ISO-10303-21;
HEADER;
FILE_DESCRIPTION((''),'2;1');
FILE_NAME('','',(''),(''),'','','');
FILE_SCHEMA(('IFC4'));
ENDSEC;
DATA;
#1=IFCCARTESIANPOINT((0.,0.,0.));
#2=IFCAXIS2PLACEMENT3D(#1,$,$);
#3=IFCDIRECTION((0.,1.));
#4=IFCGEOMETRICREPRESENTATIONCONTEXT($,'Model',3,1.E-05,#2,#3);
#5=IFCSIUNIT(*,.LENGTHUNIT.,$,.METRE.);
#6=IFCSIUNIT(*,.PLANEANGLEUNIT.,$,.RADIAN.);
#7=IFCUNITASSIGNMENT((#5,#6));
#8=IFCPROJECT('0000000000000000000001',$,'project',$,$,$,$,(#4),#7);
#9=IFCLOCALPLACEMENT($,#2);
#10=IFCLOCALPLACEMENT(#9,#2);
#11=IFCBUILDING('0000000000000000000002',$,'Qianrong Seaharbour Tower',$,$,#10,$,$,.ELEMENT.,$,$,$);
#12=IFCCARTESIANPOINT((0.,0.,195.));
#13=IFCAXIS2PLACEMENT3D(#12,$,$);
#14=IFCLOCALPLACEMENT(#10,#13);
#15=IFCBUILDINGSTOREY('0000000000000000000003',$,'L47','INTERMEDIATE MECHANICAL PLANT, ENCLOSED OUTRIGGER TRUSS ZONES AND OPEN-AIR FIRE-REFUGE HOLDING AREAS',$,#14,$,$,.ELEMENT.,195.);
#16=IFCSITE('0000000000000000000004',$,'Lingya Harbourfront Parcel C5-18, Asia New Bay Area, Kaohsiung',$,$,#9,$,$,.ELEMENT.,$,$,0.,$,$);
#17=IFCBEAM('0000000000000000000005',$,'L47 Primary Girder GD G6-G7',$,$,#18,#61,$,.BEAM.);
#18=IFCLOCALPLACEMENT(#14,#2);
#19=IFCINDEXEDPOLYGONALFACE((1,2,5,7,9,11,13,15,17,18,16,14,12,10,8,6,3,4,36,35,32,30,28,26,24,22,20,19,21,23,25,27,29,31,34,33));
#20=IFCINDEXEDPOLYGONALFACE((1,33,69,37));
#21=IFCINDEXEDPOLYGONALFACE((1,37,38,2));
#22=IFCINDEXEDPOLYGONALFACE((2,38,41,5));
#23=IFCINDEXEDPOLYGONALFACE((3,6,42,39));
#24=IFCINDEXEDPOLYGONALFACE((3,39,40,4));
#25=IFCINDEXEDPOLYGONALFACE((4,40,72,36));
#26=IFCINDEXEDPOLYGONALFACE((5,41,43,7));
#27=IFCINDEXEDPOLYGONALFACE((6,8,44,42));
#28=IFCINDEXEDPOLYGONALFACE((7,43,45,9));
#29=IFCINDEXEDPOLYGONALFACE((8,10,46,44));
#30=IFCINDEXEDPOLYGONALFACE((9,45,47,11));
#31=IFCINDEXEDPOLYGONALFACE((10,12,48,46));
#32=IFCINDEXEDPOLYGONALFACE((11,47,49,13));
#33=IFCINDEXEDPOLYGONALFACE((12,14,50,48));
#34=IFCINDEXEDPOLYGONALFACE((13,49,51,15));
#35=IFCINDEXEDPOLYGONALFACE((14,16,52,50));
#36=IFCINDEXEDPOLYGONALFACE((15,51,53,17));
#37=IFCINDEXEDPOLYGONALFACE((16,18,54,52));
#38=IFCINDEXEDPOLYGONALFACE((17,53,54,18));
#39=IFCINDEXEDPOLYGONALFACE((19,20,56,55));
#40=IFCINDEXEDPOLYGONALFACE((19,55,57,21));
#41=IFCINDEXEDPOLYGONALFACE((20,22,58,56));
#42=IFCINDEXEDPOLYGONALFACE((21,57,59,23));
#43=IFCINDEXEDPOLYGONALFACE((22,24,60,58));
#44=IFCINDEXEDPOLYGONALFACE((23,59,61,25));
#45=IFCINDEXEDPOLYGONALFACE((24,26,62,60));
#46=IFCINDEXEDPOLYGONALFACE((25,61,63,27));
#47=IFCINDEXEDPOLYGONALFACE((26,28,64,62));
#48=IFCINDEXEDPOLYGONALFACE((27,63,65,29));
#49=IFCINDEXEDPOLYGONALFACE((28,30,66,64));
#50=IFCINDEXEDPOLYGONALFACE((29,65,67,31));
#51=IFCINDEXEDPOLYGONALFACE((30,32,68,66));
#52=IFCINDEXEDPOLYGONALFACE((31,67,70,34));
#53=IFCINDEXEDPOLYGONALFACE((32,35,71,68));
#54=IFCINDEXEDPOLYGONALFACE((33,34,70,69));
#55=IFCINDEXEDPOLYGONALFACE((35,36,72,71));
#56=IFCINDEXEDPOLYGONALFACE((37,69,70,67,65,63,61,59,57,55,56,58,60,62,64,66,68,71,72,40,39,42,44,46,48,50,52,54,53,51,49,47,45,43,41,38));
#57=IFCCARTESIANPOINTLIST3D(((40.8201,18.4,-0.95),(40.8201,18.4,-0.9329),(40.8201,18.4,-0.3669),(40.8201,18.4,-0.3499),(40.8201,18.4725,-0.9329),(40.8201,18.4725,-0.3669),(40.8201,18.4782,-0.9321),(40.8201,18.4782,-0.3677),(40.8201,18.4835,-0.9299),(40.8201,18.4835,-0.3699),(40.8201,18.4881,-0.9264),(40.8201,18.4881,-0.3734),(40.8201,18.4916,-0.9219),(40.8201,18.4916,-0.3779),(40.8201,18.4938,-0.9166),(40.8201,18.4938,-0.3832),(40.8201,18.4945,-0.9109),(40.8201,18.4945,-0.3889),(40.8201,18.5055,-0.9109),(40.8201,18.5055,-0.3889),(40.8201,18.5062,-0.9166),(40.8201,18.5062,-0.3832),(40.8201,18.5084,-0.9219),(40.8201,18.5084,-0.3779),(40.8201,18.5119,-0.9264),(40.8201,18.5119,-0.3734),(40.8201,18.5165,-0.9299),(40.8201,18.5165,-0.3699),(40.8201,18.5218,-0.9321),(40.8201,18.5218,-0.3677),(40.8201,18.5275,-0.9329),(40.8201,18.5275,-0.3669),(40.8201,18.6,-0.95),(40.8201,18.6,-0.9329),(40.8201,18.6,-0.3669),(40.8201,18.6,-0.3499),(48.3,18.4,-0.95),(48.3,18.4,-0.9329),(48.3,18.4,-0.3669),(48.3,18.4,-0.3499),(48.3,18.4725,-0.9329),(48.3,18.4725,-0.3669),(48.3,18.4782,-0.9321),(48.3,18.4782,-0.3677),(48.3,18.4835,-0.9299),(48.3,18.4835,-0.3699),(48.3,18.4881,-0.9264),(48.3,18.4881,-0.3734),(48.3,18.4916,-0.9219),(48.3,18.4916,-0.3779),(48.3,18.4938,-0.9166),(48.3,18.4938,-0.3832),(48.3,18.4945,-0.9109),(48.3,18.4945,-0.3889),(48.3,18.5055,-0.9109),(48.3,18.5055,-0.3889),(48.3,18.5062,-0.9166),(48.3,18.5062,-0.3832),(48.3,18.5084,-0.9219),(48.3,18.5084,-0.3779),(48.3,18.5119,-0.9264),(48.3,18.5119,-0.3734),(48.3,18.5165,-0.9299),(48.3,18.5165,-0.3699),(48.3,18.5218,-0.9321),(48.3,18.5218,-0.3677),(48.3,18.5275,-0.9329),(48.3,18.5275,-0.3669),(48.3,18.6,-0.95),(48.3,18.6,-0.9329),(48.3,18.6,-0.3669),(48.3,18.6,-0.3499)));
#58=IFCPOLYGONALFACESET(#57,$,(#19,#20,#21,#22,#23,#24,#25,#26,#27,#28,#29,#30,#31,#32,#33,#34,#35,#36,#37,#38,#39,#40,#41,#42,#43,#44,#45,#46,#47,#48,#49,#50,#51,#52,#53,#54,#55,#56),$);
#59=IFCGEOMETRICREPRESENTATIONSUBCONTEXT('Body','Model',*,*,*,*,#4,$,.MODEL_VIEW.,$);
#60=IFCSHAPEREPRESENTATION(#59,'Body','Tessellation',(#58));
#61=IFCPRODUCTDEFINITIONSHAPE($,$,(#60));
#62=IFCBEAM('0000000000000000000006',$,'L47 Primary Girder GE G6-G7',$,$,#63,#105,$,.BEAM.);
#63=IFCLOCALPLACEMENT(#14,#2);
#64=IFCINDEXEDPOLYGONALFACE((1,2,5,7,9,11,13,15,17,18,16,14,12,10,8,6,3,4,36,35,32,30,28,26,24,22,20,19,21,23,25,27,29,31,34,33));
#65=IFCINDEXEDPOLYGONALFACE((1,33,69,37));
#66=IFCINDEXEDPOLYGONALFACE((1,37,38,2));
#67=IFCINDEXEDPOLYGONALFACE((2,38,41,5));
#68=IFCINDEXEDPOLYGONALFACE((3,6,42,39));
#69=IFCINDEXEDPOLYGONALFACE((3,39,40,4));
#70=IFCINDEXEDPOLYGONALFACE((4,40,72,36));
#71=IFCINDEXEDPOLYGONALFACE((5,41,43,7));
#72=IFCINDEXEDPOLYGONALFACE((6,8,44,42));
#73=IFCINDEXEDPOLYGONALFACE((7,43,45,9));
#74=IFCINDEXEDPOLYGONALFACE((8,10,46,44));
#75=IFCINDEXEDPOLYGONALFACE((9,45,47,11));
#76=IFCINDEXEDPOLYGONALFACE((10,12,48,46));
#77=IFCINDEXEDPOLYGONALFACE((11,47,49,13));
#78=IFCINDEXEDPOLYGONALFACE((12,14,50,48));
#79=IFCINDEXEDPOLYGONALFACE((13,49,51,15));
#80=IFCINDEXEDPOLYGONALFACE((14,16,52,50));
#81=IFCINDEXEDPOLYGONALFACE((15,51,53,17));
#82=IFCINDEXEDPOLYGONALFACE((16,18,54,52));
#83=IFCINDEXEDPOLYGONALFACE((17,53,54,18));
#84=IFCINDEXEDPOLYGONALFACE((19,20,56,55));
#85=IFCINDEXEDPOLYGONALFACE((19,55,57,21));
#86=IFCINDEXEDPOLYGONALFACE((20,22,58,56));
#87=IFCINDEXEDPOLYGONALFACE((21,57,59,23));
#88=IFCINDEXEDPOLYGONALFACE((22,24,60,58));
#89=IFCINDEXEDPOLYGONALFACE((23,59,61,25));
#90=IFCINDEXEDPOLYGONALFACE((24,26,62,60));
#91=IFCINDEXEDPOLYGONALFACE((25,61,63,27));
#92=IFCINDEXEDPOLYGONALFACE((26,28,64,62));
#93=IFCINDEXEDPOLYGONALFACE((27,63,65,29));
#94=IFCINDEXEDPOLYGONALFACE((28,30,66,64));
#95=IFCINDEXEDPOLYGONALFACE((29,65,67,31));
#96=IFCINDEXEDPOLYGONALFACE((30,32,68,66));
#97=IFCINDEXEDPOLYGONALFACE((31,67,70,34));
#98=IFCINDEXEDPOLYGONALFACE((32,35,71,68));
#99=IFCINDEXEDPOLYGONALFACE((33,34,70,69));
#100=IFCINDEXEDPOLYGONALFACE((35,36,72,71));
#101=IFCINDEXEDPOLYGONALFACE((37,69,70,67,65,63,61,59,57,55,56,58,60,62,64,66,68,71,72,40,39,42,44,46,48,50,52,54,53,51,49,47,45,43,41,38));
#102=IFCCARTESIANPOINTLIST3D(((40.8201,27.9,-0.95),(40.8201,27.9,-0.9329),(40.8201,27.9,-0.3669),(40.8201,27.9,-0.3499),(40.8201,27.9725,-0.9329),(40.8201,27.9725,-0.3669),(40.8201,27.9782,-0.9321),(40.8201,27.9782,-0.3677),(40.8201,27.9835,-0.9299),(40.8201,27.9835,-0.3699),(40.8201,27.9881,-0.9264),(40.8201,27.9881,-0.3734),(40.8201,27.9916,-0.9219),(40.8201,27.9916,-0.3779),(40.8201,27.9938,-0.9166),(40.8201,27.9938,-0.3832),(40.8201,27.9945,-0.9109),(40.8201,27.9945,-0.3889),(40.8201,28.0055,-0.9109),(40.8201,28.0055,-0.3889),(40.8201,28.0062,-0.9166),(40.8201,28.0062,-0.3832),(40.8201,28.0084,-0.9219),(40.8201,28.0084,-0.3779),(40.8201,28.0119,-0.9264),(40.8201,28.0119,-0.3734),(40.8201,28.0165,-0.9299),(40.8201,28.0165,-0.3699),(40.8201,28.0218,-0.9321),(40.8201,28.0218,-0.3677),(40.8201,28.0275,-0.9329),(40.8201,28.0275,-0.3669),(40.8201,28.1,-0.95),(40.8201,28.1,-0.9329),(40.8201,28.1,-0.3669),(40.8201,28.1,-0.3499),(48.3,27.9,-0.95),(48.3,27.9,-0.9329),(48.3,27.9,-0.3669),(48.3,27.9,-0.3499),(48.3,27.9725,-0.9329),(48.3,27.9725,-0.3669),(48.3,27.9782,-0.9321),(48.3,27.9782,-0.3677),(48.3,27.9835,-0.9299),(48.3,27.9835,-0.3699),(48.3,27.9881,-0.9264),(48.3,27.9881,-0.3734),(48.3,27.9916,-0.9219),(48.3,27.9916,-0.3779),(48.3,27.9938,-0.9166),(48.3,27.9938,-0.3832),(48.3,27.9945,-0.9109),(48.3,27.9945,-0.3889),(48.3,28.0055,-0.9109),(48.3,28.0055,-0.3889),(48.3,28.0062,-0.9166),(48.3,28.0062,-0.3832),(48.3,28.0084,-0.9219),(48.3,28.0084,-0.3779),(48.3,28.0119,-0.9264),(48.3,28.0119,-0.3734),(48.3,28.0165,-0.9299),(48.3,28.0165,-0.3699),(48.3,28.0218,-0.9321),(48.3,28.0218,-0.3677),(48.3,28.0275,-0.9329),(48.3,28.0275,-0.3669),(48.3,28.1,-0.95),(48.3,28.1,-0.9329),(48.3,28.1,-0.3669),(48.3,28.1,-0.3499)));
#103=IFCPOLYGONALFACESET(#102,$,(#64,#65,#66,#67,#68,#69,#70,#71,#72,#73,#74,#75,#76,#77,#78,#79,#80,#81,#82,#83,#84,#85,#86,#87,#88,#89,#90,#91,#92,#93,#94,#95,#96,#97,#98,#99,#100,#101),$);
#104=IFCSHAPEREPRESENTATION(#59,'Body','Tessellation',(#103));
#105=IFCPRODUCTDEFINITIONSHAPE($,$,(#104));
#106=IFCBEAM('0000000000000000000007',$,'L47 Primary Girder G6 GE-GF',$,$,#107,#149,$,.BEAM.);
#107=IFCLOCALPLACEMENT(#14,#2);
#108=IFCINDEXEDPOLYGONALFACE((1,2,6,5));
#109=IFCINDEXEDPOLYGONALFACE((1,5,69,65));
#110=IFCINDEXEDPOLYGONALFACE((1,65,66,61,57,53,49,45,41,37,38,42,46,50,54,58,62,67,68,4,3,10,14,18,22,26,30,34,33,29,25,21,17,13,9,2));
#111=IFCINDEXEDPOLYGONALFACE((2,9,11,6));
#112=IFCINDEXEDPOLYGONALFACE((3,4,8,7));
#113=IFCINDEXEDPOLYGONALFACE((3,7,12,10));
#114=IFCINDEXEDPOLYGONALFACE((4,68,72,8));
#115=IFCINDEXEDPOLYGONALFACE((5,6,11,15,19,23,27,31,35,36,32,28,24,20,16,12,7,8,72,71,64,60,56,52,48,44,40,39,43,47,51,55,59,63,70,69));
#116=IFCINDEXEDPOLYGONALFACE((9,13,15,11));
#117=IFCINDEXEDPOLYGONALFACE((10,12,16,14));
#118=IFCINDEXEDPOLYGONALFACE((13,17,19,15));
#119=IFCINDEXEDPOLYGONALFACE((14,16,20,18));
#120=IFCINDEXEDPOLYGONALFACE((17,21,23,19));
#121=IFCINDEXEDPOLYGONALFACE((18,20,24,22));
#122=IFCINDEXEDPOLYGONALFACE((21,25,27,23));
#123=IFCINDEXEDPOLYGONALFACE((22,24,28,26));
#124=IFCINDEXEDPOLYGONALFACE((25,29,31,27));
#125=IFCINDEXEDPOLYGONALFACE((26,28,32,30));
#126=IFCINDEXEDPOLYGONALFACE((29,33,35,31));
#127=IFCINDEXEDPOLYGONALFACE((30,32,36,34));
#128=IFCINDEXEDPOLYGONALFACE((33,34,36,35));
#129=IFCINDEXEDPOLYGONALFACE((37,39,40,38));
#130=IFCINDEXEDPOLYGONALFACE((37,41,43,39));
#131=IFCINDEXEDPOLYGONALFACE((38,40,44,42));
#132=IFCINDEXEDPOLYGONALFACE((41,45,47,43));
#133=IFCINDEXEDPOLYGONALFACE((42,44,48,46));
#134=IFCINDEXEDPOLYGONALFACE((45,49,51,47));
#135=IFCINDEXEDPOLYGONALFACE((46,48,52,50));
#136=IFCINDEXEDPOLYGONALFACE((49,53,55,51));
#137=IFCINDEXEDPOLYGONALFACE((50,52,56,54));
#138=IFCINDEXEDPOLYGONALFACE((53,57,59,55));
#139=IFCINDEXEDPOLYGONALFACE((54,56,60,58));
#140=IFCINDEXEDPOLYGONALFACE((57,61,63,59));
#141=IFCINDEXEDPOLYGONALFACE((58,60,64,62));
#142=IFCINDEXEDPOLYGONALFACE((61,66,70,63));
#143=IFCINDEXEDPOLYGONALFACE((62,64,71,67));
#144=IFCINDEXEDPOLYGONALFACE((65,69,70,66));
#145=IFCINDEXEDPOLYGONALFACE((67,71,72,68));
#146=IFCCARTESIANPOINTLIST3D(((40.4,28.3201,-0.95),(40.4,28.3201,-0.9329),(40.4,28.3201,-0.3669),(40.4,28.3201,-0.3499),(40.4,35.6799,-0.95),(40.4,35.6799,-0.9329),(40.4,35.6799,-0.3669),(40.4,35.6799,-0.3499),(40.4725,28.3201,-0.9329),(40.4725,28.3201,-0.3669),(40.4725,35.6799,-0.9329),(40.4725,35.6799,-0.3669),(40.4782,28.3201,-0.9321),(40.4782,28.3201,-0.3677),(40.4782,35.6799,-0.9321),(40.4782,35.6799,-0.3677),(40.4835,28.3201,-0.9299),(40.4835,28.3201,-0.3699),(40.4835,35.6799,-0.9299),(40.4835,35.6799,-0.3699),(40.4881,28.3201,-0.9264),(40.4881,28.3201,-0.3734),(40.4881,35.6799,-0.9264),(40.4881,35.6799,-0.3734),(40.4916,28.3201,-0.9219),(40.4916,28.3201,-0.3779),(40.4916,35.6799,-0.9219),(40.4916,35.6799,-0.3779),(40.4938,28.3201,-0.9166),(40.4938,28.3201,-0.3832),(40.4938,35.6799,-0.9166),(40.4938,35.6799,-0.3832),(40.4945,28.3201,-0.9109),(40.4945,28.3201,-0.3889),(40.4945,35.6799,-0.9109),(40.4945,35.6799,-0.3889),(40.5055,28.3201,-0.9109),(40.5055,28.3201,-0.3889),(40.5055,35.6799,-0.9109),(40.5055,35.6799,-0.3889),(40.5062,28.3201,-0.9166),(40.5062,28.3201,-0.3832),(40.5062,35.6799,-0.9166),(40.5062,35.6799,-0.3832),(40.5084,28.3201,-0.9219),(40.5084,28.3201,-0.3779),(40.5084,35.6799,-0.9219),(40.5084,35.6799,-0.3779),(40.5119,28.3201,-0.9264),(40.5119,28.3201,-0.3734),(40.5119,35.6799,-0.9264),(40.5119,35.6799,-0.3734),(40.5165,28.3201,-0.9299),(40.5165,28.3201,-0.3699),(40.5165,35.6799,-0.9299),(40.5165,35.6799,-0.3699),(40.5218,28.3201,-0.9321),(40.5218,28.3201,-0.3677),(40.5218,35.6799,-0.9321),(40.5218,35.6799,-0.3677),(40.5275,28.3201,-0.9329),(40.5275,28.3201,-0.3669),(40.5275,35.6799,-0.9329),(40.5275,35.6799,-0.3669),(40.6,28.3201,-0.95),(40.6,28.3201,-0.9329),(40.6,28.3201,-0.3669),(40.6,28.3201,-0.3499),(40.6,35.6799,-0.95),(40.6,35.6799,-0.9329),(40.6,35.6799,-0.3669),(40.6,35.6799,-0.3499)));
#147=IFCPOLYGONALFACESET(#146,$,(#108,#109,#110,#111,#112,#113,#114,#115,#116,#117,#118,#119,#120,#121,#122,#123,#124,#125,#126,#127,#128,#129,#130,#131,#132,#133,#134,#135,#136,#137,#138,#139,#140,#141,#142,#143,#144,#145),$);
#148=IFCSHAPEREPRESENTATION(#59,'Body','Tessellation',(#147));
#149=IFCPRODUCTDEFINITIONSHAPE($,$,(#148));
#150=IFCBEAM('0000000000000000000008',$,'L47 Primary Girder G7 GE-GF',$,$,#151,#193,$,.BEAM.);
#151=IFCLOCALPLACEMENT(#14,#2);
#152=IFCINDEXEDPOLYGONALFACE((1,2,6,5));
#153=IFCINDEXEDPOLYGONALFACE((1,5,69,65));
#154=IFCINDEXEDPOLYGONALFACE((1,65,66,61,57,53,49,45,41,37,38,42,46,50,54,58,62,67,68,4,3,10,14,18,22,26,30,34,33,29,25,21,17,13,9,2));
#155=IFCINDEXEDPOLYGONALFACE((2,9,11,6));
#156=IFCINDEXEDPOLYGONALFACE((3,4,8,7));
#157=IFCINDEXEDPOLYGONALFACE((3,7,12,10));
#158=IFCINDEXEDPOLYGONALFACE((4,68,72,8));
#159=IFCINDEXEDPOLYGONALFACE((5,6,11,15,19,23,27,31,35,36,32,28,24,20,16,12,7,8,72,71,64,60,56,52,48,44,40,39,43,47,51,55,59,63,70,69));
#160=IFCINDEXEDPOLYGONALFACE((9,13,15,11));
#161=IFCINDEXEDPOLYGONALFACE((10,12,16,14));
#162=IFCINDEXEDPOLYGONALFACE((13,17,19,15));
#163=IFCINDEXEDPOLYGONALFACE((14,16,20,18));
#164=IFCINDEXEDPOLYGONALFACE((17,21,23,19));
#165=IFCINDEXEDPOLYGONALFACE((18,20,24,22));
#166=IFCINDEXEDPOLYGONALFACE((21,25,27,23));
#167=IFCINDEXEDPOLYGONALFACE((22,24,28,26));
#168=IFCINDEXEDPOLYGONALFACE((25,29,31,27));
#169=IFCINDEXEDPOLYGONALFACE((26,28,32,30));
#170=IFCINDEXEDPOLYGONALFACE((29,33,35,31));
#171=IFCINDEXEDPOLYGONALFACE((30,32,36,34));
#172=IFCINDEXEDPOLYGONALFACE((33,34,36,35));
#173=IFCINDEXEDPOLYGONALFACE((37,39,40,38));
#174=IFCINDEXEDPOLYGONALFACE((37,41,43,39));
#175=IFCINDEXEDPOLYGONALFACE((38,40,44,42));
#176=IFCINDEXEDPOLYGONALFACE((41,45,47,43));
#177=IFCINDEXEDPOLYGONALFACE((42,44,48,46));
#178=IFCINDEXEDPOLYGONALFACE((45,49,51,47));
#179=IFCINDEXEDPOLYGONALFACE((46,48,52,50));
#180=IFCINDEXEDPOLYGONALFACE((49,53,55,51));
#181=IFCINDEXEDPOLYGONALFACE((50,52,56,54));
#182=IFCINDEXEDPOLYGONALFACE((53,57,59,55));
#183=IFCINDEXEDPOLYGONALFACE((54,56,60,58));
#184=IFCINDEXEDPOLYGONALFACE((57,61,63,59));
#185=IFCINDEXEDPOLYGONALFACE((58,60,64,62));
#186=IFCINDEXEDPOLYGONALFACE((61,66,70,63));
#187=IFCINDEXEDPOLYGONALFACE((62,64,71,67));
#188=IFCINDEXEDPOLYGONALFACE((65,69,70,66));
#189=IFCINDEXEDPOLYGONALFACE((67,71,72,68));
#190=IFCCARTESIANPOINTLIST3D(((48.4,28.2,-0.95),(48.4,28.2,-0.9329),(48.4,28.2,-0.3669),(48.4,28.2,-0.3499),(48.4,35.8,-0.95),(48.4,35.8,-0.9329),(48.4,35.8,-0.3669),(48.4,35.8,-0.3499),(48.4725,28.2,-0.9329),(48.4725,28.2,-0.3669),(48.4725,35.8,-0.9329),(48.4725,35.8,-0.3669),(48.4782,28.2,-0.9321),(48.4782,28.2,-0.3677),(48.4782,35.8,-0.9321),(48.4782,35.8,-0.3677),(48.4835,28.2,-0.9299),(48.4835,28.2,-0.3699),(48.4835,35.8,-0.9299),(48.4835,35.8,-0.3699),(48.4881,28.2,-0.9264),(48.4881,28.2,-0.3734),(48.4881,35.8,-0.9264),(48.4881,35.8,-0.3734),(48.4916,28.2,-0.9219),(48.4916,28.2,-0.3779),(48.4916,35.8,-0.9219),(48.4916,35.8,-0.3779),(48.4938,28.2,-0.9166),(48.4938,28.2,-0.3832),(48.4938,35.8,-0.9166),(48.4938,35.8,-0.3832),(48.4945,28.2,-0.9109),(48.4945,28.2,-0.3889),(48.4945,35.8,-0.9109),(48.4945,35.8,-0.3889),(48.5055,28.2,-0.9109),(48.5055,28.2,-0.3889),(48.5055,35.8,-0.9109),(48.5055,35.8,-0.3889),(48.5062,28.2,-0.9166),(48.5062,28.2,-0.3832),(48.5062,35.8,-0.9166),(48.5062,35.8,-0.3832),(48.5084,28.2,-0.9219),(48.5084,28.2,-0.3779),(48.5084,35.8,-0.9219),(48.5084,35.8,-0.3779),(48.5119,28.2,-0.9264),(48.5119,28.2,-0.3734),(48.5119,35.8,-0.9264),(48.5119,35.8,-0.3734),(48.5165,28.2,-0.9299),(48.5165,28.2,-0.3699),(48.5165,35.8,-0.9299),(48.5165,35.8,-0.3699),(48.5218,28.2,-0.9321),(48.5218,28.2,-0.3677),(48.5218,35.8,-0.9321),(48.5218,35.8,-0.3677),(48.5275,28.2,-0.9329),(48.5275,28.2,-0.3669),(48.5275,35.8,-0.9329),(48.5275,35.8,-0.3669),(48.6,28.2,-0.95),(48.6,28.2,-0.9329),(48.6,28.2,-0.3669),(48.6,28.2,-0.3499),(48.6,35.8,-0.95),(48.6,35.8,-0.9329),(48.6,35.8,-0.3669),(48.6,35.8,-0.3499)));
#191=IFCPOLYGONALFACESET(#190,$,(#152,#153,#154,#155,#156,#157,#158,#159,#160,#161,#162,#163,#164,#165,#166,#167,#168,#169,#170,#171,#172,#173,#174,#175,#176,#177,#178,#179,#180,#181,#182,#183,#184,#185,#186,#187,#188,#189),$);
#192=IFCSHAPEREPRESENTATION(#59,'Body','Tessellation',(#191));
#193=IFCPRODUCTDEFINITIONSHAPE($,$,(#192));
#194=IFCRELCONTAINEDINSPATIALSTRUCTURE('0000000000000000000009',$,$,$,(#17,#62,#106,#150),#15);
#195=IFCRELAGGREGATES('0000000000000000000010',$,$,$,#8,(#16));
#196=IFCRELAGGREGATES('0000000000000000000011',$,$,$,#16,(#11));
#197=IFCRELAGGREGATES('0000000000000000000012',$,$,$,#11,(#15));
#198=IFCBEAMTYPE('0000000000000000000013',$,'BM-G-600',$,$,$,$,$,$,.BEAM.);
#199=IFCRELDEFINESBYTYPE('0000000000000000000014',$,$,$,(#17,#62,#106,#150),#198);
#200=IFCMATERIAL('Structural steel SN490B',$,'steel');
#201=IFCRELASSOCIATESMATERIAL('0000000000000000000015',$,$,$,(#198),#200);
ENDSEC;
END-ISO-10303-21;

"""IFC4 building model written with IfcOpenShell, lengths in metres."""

from ifc_helpers import new_model, si_unit, direction, frame, origin, origin_2d, place, context, subcontext, project, spatial, i_section, extrude, material, material_profile, profile_set, type_object, element, save


model = new_model("IFC4")

# Units and contexts
model_context = context("Model", 3, precision=1e-05, world=origin(), true_north=direction((0.0, 1.0)))
body_context = subcontext(model_context, "Body", "Model", "MODEL_VIEW")
ifc_project = project(units=[si_unit("LENGTHUNIT", "METRE"), si_unit("PLANEANGLEUNIT", "RADIAN")], contexts=[model_context])

# Site, building, storey
site_placement = place(None, origin())
site = spatial("IfcSite", under=ifc_project, at=site_placement, Name="Lingya Harbourfront Parcel C5-18, Asia New Bay Area, Kaohsiung", CompositionType="ELEMENT", RefElevation=0.0)
building_placement = place(site_placement, origin())
building = spatial("IfcBuilding", under=site, at=building_placement, Name="Qianrong Seaharbour Tower", CompositionType="ELEMENT")
storey_placement = place(building_placement, frame((0.0, 0.0, 195.0)))
storey = spatial("IfcBuildingStorey", under=building, at=storey_placement, Name="L47", Description="INTERMEDIATE MECHANICAL PLANT, ENCLOSED OUTRIGGER TRUSS ZONES AND OPEN-AIR FIRE-REFUGE HOLDING AREAS", CompositionType="ELEMENT", Elevation=195.0)

# Shared definitions
ifc_material_1 = material(Name="Structural steel SN490B", Category="steel")

# Beams
ifc_material_profile_1 = material_profile(ifc_material_1, i_section(OverallWidth=0.2, OverallDepth=0.6001, WebThickness=0.011, FlangeThickness=0.0171, FilletRadius=0.022, at=origin_2d()), Name="H600x200x11x17")
ifc_profile_set_1 = profile_set([ifc_material_profile_1], Name="Structural steel SN490B")
beam_type_1 = type_object("IfcBeamType", Name="BM-G-600", PredefinedType="BEAM", material=ifc_profile_set_1)
for number, where, z_axis, x_axis, name in (
    (1, (40.8201, 18.5, -0.6499), (1.0, 0.0, 0.0), (0.0, 1.0, 0.0), "L47 Primary Girder GD G6-G7"),
    (2, (40.8201, 28.0, -0.6499), (1.0, 0.0, 0.0), (0.0, 1.0, 0.0), "L47 Primary Girder GE G6-G7"),
):
    element("IfcBeam", number, at=place(storey_placement, frame(where, z_axis=z_axis, x_axis=x_axis)), inside=storey, type_object=beam_type_1, Name=name, PredefinedType="BEAM", context=body_context, shape_type="SweptSolid", body=[
        extrude(i_section(OverallWidth=0.2, OverallDepth=0.6001, WebThickness=0.011, FlangeThickness=0.0171, FilletRadius=0.022, at=origin_2d()), origin(), (0.0, 0.0, 1.0), 7.48),
    ])
beam_1_placement = place(storey_placement, frame((40.5, 28.3201, -0.6499), z_axis=(0.0, 1.0, 0.0), x_axis=(-1.0, 0.0, 0.0)))
element("IfcBeam", 3, at=beam_1_placement, inside=storey, type_object=beam_type_1, Name="L47 Primary Girder G6 GE-GF", PredefinedType="BEAM", context=body_context, shape_type="SweptSolid", body=[
    extrude(i_section(OverallWidth=0.2, OverallDepth=0.6001, WebThickness=0.011, FlangeThickness=0.0171, FilletRadius=0.022, at=origin_2d()), origin(), (0.0, 0.0, 1.0), 7.3599),
])
beam_2_placement = place(storey_placement, frame((48.5, 28.2, -0.6499), z_axis=(0.0, 1.0, 0.0), x_axis=(-1.0, 0.0, 0.0)))
element("IfcBeam", 4, at=beam_2_placement, inside=storey, type_object=beam_type_1, Name="L47 Primary Girder G7 GE-GF", PredefinedType="BEAM", context=body_context, shape_type="SweptSolid", body=[
    extrude(i_section(OverallWidth=0.2, OverallDepth=0.6001, WebThickness=0.011, FlangeThickness=0.0171, FilletRadius=0.022, at=origin_2d()), origin(), (0.0, 0.0, 1.0), 7.6001),
])

save(model, "model.ifc")
